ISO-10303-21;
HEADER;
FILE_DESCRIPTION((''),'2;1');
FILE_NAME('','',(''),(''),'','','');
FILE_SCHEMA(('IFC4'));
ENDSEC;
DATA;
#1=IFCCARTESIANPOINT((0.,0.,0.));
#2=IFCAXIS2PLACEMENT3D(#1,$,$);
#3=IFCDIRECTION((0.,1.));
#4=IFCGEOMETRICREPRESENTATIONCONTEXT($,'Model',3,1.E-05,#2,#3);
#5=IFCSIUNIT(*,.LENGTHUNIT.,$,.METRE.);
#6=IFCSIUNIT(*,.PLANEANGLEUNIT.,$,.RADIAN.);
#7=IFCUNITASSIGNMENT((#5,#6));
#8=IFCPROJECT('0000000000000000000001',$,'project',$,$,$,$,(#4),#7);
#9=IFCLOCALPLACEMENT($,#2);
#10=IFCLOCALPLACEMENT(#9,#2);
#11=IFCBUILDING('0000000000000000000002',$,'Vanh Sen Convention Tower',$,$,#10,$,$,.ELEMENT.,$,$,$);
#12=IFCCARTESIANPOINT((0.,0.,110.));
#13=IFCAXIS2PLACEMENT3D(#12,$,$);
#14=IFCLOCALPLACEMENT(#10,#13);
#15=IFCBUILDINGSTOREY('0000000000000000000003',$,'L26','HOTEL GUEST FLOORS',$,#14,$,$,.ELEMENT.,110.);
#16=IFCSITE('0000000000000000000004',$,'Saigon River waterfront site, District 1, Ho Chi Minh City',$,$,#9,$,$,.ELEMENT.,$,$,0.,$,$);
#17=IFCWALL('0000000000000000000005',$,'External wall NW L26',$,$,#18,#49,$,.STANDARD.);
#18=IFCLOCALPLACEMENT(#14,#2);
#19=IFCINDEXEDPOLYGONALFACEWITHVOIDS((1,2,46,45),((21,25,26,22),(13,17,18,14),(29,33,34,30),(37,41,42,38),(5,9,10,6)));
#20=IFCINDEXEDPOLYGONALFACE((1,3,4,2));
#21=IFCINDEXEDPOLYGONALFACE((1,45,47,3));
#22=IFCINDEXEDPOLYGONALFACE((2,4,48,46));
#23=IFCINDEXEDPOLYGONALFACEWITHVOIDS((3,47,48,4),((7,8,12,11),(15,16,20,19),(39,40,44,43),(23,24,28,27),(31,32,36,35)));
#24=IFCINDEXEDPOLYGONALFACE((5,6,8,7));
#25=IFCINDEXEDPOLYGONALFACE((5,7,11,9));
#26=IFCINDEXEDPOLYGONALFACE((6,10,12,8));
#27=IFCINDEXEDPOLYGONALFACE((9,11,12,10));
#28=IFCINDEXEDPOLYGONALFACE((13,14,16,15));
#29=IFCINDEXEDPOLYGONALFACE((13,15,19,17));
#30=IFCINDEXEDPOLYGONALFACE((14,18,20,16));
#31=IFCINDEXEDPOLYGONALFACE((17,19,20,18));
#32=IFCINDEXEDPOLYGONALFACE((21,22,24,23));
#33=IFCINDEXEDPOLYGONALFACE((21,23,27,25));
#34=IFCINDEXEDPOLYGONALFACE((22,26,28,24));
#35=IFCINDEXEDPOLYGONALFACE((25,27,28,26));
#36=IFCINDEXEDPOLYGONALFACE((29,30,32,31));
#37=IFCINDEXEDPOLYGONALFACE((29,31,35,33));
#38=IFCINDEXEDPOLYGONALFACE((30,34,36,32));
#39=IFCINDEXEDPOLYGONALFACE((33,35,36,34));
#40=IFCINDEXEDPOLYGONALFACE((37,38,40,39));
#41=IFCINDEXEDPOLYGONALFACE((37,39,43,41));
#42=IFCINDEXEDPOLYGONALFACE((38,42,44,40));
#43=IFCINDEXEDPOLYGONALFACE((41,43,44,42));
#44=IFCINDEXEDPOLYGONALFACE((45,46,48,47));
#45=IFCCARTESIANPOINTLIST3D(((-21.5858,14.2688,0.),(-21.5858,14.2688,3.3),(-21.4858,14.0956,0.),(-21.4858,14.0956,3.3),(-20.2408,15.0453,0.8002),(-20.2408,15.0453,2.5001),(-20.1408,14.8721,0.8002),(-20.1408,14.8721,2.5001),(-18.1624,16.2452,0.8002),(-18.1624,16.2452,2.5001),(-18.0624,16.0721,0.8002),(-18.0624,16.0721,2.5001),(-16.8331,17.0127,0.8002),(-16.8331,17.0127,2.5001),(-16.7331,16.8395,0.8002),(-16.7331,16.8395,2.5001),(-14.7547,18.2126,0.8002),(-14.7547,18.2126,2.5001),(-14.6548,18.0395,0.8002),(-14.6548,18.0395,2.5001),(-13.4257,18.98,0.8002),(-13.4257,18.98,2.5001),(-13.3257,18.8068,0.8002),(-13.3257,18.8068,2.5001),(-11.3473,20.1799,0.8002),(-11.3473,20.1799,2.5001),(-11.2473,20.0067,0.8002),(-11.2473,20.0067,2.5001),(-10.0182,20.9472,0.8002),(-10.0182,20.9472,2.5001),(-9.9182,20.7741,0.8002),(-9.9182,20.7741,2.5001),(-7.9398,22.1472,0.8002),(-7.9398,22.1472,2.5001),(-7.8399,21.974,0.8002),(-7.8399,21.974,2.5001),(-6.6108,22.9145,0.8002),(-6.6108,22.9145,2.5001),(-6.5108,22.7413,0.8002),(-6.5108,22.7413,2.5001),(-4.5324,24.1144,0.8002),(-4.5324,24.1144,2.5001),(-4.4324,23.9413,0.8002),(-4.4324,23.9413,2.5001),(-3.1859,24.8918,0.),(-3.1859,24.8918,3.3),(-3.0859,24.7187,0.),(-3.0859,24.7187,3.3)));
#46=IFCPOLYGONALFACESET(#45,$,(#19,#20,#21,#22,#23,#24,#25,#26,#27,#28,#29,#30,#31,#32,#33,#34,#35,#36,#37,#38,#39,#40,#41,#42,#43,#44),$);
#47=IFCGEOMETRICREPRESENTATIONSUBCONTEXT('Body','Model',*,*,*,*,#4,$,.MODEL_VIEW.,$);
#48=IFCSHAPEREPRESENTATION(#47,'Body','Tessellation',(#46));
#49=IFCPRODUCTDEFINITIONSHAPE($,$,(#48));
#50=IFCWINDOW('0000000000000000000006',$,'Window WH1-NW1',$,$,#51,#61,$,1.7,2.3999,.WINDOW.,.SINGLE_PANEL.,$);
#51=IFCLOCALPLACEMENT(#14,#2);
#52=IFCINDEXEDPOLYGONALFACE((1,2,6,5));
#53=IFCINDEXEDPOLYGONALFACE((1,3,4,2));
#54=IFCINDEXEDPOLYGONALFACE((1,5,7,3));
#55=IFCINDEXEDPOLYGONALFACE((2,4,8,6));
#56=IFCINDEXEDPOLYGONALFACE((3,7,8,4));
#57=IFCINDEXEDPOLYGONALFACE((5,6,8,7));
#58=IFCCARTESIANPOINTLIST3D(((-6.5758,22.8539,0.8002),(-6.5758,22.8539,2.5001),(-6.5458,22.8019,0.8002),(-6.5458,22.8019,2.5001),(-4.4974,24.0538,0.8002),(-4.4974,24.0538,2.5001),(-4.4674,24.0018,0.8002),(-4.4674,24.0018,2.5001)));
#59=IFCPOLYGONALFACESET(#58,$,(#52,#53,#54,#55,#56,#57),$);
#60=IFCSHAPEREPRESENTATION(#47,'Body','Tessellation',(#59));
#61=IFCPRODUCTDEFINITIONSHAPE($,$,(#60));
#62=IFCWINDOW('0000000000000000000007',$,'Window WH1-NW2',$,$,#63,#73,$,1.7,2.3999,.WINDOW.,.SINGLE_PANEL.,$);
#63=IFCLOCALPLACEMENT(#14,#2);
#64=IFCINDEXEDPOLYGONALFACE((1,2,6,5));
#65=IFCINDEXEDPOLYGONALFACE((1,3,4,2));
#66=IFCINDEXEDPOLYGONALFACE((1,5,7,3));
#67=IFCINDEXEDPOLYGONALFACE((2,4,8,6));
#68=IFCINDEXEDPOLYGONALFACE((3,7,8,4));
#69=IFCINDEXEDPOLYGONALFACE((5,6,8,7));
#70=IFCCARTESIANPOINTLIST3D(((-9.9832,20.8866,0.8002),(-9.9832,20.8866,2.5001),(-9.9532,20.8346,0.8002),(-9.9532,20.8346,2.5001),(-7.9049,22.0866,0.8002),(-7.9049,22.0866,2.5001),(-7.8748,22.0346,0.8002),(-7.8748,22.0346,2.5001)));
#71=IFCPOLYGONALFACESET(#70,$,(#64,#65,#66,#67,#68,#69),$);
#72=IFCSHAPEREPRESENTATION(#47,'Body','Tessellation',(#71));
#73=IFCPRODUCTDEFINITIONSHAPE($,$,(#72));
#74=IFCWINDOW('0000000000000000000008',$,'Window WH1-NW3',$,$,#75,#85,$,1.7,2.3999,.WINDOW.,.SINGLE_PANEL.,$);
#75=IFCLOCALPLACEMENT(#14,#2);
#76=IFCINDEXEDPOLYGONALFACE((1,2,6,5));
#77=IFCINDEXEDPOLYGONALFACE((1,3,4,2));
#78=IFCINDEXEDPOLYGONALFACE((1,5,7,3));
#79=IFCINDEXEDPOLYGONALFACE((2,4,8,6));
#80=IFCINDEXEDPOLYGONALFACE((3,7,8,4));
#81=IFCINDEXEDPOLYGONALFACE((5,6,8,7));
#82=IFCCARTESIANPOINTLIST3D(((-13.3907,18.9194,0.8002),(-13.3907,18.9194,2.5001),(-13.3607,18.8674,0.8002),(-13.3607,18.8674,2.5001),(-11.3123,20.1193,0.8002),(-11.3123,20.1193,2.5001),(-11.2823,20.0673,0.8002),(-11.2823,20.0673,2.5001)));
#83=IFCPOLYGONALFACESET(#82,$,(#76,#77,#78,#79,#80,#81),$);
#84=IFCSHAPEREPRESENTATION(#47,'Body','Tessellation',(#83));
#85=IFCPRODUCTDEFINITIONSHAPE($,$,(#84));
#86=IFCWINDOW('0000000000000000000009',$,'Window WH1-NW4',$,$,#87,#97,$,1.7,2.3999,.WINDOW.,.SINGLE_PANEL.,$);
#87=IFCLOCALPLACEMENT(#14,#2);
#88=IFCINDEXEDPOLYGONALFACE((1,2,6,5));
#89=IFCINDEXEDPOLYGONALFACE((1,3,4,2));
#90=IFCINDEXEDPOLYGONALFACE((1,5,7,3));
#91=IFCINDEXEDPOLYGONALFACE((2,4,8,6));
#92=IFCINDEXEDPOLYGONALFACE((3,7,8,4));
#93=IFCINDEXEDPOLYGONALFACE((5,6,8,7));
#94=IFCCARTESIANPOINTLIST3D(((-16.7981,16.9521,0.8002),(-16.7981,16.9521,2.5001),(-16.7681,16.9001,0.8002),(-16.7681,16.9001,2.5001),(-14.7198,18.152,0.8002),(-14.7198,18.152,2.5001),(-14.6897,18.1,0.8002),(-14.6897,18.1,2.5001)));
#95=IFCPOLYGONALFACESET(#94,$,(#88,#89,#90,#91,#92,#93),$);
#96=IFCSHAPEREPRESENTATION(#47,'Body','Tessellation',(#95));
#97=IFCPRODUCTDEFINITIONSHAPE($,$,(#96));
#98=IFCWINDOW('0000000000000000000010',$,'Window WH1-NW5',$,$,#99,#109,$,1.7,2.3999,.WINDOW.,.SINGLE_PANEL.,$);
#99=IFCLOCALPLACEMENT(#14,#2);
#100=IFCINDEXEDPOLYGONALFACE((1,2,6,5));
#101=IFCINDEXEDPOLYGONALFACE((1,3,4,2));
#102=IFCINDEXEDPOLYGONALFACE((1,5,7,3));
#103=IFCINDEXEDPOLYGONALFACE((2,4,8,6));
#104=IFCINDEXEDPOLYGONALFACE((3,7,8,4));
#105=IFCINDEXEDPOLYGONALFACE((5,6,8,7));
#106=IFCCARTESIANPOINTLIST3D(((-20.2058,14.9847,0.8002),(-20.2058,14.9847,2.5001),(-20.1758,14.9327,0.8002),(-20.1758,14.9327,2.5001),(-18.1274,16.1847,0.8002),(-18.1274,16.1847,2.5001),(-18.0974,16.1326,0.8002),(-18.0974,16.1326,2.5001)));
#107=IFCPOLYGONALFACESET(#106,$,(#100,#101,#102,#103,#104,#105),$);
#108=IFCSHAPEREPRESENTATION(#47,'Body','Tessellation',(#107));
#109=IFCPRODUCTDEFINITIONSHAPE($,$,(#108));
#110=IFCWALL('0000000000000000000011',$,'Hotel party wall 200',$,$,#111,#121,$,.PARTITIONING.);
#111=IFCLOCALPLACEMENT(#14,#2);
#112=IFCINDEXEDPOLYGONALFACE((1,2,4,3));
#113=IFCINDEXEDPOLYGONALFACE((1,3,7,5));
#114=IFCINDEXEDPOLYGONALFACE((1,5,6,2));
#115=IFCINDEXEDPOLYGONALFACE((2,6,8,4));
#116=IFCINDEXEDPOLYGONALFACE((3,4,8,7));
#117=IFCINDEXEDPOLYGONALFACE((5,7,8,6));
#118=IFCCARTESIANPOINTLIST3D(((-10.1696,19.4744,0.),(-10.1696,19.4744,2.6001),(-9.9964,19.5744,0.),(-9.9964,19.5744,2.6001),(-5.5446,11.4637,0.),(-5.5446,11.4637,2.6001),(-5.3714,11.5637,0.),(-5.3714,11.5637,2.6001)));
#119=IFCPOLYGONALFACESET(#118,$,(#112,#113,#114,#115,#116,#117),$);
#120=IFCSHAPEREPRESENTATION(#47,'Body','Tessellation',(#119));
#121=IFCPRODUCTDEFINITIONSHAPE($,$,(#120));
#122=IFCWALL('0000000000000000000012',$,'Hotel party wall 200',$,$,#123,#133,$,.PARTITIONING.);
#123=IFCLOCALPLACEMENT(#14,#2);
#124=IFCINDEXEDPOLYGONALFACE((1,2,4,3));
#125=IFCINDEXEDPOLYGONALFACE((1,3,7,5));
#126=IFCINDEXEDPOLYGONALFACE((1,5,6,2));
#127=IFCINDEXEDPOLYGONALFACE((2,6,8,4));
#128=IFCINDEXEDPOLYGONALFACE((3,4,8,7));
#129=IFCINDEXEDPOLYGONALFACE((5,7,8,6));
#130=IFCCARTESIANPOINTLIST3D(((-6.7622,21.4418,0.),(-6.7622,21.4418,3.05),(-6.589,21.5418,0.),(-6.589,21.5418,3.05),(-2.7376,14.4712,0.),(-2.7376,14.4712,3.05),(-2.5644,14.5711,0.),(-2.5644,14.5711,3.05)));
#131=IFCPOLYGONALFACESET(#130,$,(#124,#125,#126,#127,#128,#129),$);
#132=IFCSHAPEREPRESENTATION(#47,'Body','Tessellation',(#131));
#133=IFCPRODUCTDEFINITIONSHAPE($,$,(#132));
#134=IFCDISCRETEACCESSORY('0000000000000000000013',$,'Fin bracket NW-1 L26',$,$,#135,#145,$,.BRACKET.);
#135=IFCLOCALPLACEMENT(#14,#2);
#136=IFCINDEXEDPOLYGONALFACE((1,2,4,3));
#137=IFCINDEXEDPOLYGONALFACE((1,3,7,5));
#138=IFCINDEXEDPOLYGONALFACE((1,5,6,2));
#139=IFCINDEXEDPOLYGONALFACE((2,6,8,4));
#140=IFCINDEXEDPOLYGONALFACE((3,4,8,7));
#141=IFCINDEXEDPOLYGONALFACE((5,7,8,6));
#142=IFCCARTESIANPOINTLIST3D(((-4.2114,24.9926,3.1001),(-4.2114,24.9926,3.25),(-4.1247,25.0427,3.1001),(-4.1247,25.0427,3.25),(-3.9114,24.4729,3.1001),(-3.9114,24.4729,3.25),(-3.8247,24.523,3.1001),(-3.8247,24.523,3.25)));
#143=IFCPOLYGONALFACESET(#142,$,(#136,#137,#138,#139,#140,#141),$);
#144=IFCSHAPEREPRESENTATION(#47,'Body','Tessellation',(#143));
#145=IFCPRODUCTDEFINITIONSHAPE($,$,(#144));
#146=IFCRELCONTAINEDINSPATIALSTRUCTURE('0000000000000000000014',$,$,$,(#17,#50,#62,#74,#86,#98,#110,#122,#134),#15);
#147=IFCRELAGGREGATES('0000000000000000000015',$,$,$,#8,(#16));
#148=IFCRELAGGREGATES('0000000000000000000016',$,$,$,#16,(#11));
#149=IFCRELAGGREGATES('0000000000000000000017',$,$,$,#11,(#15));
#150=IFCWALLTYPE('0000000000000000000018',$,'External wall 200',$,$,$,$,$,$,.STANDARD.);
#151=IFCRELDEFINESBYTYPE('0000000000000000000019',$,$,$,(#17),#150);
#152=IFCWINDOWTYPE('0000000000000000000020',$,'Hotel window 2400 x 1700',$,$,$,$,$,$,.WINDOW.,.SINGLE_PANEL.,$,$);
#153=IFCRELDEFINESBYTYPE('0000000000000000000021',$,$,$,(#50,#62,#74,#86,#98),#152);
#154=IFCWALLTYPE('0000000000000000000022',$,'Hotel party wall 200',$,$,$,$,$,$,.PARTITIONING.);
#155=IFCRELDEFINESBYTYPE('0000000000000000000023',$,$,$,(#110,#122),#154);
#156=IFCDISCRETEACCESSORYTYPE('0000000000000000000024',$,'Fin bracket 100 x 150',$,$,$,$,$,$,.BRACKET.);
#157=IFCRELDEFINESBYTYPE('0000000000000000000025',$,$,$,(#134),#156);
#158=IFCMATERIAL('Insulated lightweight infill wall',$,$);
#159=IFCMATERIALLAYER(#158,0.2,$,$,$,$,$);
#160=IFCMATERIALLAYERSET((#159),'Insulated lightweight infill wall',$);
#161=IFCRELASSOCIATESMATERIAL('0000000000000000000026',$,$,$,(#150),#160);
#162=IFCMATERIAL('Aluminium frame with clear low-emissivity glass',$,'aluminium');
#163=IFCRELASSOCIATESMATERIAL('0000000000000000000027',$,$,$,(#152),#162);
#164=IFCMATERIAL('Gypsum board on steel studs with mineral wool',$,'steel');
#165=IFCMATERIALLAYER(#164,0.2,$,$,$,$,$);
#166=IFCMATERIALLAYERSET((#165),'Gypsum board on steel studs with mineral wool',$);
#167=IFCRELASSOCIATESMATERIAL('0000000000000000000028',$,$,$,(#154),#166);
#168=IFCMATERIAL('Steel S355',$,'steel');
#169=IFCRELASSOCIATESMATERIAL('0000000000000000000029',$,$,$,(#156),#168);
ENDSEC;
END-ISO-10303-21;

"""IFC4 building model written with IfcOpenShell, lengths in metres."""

from ifc_helpers import new_model, si_unit, direction, frame, frame_2d, origin, origin_2d, place, context, subcontext, project, spatial, rectangle, extrude, material, layer, layer_set, type_object, element, fill, save


model = new_model("IFC4")

# Units and contexts
model_context = context("Model", 3, precision=1e-05, world=origin(), true_north=direction((0.0, 1.0)))
body_context = subcontext(model_context, "Body", "Model", "MODEL_VIEW")
ifc_project = project(units=[si_unit("LENGTHUNIT", "METRE"), si_unit("PLANEANGLEUNIT", "RADIAN")], contexts=[model_context])

# Site, building, storey
site_placement = place(None, origin())
site = spatial("IfcSite", under=ifc_project, at=site_placement, Name="Saigon River waterfront site, District 1, Ho Chi Minh City", CompositionType="ELEMENT", RefElevation=0.0)
building_placement = place(site_placement, origin())
building = spatial("IfcBuilding", under=site, at=building_placement, Name="Vanh Sen Convention Tower", CompositionType="ELEMENT")
storey_placement = place(building_placement, frame((0.0, 0.0, 110.0)))
storey = spatial("IfcBuildingStorey", under=building, at=storey_placement, Name="L26", Description="HOTEL GUEST FLOORS", CompositionType="ELEMENT", Elevation=110.0)

# Shared definitions
ifc_material_1 = material(Name="Gypsum board on steel studs with mineral wool", Category="steel")

# Wall, openings, windows
ifc_material_2 = material(Name="Insulated lightweight infill wall")
ifc_layer_1 = layer(ifc_material_2, 0.2)
ifc_layer_set_1 = layer_set([ifc_layer_1], Name="Insulated lightweight infill wall")
wall_type_1 = type_object("IfcWallType", Name="External wall 200", PredefinedType="STANDARD", material=ifc_layer_set_1)
wall_1_placement = place(storey_placement, frame((-3.136, 24.8052, 0.0), z_axis=(0.0, 0.0, 1.0), x_axis=(-0.866028, -0.499995, 0.0)))
wall_1 = element("IfcWall", 1, at=wall_1_placement, inside=storey, type_object=wall_type_1, Name="External wall NW L26", PredefinedType="STANDARD", context=body_context, shape_type="SweptSolid", body=[
    extrude(rectangle(XDim=21.2463, YDim=0.2, at=frame_2d((10.623, 0.0))), origin(), (0.0, 0.0, 1.0), 3.3),
])
opening_1_placement = place(wall_1_placement, frame((1.5547, 0.0, 0.8)))
opening_1 = element("IfcOpeningElement", 2, at=opening_1_placement, cuts=wall_1, PredefinedType="OPENING", context=body_context, shape_type="SweptSolid", body=[
    extrude(rectangle(XDim=2.3999, YDim=1.7, at=frame_2d((1.2, 0.8501))), frame((0.0, 0.1099, 0.0), z_axis=(0.0, -1.0, 0.0), x_axis=(1.0, 0.0, 0.0)), (0.0, 0.0, 1.0), 0.22),
])
opening_2_placement = place(wall_1_placement, frame((5.4893, 0.0, 0.8)))
opening_2 = element("IfcOpeningElement", 3, at=opening_2_placement, cuts=wall_1, PredefinedType="OPENING", context=body_context, shape_type="SweptSolid", body=[
    extrude(rectangle(XDim=2.3999, YDim=1.7, at=frame_2d((1.2, 0.8501))), frame((0.0, 0.1099, 0.0), z_axis=(0.0, -1.0, 0.0), x_axis=(1.0, 0.0, 0.0)), (0.0, 0.0, 1.0), 0.22),
])
opening_3_placement = place(wall_1_placement, frame((9.4238, 0.0, 0.8)))
opening_3 = element("IfcOpeningElement", 4, at=opening_3_placement, cuts=wall_1, PredefinedType="OPENING", context=body_context, shape_type="SweptSolid", body=[
    extrude(rectangle(XDim=2.3999, YDim=1.7, at=frame_2d((1.2, 0.8501))), frame((0.0, 0.1099, 0.0), z_axis=(0.0, -1.0, 0.0), x_axis=(1.0, 0.0, 0.0)), (0.0, 0.0, 1.0), 0.22),
])
opening_4_placement = place(wall_1_placement, frame((13.3584, 0.0, 0.8)))
opening_4 = element("IfcOpeningElement", 5, at=opening_4_placement, cuts=wall_1, PredefinedType="OPENING", context=body_context, shape_type="SweptSolid", body=[
    extrude(rectangle(XDim=2.3999, YDim=1.7, at=frame_2d((1.2, 0.8501))), frame((0.0, 0.1099, 0.0), z_axis=(0.0, -1.0, 0.0), x_axis=(1.0, 0.0, 0.0)), (0.0, 0.0, 1.0), 0.22),
])
opening_5_placement = place(wall_1_placement, frame((17.2932, 0.0, 0.8)))
opening_5 = element("IfcOpeningElement", 6, at=opening_5_placement, cuts=wall_1, PredefinedType="OPENING", context=body_context, shape_type="SweptSolid", body=[
    extrude(rectangle(XDim=2.3999, YDim=1.7, at=frame_2d((1.2, 0.8501))), frame((0.0, 0.1099, 0.0), z_axis=(0.0, -1.0, 0.0), x_axis=(1.0, 0.0, 0.0)), (0.0, 0.0, 1.0), 0.22),
])
ifc_material_3 = material(Name="Aluminium frame with clear low-emissivity glass", Category="aluminium")
window_type = type_object("IfcWindowType", Name="Hotel window 2400 x 1700", PartitioningType="SINGLE_PANEL", PredefinedType="WINDOW", material=ifc_material_3)
window_1_placement = place(opening_1_placement, origin())
window_1 = element("IfcWindow", 7, at=window_1_placement, inside=storey, type_object=window_type, Name="Window WH1-NW1", OverallHeight=1.7, OverallWidth=2.3999, PartitioningType="SINGLE_PANEL", PredefinedType="WINDOW", context=body_context, shape_type="SweptSolid", body=[
    extrude(rectangle(XDim=2.3999, YDim=1.7, at=frame_2d((1.2, 0.8501))), frame((0.0, 0.03, 0.0), z_axis=(0.0, -1.0, 0.0), x_axis=(1.0, 0.0, 0.0)), (0.0, 0.0, 1.0), 0.0601),
])
fill(opening_1, window_1)
window_2_placement = place(opening_2_placement, origin())
window_2 = element("IfcWindow", 8, at=window_2_placement, inside=storey, type_object=window_type, Name="Window WH1-NW2", OverallHeight=1.7, OverallWidth=2.3999, PartitioningType="SINGLE_PANEL", PredefinedType="WINDOW", context=body_context, shape_type="SweptSolid", body=[
    extrude(rectangle(XDim=2.3999, YDim=1.7, at=frame_2d((1.2, 0.8501))), frame((0.0, 0.03, 0.0), z_axis=(0.0, -1.0, 0.0), x_axis=(1.0, 0.0, 0.0)), (0.0, 0.0, 1.0), 0.0601),
])
fill(opening_2, window_2)
window_3_placement = place(opening_3_placement, origin())
window_3 = element("IfcWindow", 9, at=window_3_placement, inside=storey, type_object=window_type, Name="Window WH1-NW3", OverallHeight=1.7, OverallWidth=2.3999, PartitioningType="SINGLE_PANEL", PredefinedType="WINDOW", context=body_context, shape_type="SweptSolid", body=[
    extrude(rectangle(XDim=2.3999, YDim=1.7, at=frame_2d((1.2, 0.8501))), frame((0.0, 0.03, 0.0), z_axis=(0.0, -1.0, 0.0), x_axis=(1.0, 0.0, 0.0)), (0.0, 0.0, 1.0), 0.0601),
])
fill(opening_3, window_3)
window_4_placement = place(opening_4_placement, origin())
window_4 = element("IfcWindow", 10, at=window_4_placement, inside=storey, type_object=window_type, Name="Window WH1-NW4", OverallHeight=1.7, OverallWidth=2.3999, PartitioningType="SINGLE_PANEL", PredefinedType="WINDOW", context=body_context, shape_type="SweptSolid", body=[
    extrude(rectangle(XDim=2.3999, YDim=1.7, at=frame_2d((1.2, 0.8501))), frame((0.0, 0.03, 0.0), z_axis=(0.0, -1.0, 0.0), x_axis=(1.0, 0.0, 0.0)), (0.0, 0.0, 1.0), 0.0601),
])
fill(opening_4, window_4)
window_5_placement = place(opening_5_placement, origin())
window_5 = element("IfcWindow", 11, at=window_5_placement, inside=storey, type_object=window_type, Name="Window WH1-NW5", OverallHeight=1.7, OverallWidth=2.3999, PartitioningType="SINGLE_PANEL", PredefinedType="WINDOW", context=body_context, shape_type="SweptSolid", body=[
    extrude(rectangle(XDim=2.3999, YDim=1.7, at=frame_2d((1.2, 0.8501))), frame((0.0, 0.03, 0.0), z_axis=(0.0, -1.0, 0.0), x_axis=(1.0, 0.0, 0.0)), (0.0, 0.0, 1.0), 0.0601),
])
fill(opening_5, window_5)

# Walls
ifc_layer_2 = layer(ifc_material_1, 0.2)
ifc_layer_set_2 = layer_set([ifc_layer_2], Name="Gypsum board on steel studs with mineral wool")
wall_type_2 = type_object("IfcWallType", Name="Hotel party wall 200", PredefinedType="PARTITIONING", material=ifc_layer_set_2)
wall_2_placement = place(storey_placement, frame((-10.083, 19.5244, 0.0), z_axis=(0.0, 0.0, 1.0), x_axis=(0.5, -0.866026, 0.0)))
element("IfcWall", 12, at=wall_2_placement, inside=storey, type_object=wall_type_2, Name="Hotel party wall 200", PredefinedType="PARTITIONING", context=body_context, shape_type="SweptSolid", body=[
    extrude(rectangle(XDim=9.25, YDim=0.2, at=frame_2d((4.625, 0.0))), origin(), (0.0, 0.0, 1.0), 2.6001),
])
wall_3_placement = place(storey_placement, frame((-6.6755, 21.4917, 0.0), z_axis=(0.0, 0.0, 1.0), x_axis=(0.500011, -0.866019, 0.0)))
element("IfcWall", 13, at=wall_3_placement, inside=storey, type_object=wall_type_2, Name="Hotel party wall 200", PredefinedType="PARTITIONING", context=body_context, shape_type="SweptSolid", body=[
    extrude(rectangle(XDim=8.0491, YDim=0.2, at=frame_2d((4.0244, 0.0))), origin(), (0.0, 0.0, 1.0), 3.05),
])

# Discrete accessory
ifc_material_4 = material(Name="Steel S355", Category="steel")
discrete_accessory_type = type_object("IfcDiscreteAccessoryType", Name="Fin bracket 100 x 150", PredefinedType="BRACKET", material=ifc_material_4)
discrete_accessory_placement = place(storey_placement, frame((-4.0181, 24.7578, 3.1001), z_axis=(0.0, 0.0, 1.0), x_axis=(-0.5, 0.866025, 0.0)))
element("IfcDiscreteAccessory", 14, at=discrete_accessory_placement, inside=storey, type_object=discrete_accessory_type, Name="Fin bracket NW-1 L26", PredefinedType="BRACKET", context=body_context, shape_type="SweptSolid", body=[
    extrude(rectangle(XDim=0.6001, YDim=0.1001, at=origin_2d()), origin(), (0.0, 0.0, 1.0), 0.1499),
])

save(model, "model.ifc")
